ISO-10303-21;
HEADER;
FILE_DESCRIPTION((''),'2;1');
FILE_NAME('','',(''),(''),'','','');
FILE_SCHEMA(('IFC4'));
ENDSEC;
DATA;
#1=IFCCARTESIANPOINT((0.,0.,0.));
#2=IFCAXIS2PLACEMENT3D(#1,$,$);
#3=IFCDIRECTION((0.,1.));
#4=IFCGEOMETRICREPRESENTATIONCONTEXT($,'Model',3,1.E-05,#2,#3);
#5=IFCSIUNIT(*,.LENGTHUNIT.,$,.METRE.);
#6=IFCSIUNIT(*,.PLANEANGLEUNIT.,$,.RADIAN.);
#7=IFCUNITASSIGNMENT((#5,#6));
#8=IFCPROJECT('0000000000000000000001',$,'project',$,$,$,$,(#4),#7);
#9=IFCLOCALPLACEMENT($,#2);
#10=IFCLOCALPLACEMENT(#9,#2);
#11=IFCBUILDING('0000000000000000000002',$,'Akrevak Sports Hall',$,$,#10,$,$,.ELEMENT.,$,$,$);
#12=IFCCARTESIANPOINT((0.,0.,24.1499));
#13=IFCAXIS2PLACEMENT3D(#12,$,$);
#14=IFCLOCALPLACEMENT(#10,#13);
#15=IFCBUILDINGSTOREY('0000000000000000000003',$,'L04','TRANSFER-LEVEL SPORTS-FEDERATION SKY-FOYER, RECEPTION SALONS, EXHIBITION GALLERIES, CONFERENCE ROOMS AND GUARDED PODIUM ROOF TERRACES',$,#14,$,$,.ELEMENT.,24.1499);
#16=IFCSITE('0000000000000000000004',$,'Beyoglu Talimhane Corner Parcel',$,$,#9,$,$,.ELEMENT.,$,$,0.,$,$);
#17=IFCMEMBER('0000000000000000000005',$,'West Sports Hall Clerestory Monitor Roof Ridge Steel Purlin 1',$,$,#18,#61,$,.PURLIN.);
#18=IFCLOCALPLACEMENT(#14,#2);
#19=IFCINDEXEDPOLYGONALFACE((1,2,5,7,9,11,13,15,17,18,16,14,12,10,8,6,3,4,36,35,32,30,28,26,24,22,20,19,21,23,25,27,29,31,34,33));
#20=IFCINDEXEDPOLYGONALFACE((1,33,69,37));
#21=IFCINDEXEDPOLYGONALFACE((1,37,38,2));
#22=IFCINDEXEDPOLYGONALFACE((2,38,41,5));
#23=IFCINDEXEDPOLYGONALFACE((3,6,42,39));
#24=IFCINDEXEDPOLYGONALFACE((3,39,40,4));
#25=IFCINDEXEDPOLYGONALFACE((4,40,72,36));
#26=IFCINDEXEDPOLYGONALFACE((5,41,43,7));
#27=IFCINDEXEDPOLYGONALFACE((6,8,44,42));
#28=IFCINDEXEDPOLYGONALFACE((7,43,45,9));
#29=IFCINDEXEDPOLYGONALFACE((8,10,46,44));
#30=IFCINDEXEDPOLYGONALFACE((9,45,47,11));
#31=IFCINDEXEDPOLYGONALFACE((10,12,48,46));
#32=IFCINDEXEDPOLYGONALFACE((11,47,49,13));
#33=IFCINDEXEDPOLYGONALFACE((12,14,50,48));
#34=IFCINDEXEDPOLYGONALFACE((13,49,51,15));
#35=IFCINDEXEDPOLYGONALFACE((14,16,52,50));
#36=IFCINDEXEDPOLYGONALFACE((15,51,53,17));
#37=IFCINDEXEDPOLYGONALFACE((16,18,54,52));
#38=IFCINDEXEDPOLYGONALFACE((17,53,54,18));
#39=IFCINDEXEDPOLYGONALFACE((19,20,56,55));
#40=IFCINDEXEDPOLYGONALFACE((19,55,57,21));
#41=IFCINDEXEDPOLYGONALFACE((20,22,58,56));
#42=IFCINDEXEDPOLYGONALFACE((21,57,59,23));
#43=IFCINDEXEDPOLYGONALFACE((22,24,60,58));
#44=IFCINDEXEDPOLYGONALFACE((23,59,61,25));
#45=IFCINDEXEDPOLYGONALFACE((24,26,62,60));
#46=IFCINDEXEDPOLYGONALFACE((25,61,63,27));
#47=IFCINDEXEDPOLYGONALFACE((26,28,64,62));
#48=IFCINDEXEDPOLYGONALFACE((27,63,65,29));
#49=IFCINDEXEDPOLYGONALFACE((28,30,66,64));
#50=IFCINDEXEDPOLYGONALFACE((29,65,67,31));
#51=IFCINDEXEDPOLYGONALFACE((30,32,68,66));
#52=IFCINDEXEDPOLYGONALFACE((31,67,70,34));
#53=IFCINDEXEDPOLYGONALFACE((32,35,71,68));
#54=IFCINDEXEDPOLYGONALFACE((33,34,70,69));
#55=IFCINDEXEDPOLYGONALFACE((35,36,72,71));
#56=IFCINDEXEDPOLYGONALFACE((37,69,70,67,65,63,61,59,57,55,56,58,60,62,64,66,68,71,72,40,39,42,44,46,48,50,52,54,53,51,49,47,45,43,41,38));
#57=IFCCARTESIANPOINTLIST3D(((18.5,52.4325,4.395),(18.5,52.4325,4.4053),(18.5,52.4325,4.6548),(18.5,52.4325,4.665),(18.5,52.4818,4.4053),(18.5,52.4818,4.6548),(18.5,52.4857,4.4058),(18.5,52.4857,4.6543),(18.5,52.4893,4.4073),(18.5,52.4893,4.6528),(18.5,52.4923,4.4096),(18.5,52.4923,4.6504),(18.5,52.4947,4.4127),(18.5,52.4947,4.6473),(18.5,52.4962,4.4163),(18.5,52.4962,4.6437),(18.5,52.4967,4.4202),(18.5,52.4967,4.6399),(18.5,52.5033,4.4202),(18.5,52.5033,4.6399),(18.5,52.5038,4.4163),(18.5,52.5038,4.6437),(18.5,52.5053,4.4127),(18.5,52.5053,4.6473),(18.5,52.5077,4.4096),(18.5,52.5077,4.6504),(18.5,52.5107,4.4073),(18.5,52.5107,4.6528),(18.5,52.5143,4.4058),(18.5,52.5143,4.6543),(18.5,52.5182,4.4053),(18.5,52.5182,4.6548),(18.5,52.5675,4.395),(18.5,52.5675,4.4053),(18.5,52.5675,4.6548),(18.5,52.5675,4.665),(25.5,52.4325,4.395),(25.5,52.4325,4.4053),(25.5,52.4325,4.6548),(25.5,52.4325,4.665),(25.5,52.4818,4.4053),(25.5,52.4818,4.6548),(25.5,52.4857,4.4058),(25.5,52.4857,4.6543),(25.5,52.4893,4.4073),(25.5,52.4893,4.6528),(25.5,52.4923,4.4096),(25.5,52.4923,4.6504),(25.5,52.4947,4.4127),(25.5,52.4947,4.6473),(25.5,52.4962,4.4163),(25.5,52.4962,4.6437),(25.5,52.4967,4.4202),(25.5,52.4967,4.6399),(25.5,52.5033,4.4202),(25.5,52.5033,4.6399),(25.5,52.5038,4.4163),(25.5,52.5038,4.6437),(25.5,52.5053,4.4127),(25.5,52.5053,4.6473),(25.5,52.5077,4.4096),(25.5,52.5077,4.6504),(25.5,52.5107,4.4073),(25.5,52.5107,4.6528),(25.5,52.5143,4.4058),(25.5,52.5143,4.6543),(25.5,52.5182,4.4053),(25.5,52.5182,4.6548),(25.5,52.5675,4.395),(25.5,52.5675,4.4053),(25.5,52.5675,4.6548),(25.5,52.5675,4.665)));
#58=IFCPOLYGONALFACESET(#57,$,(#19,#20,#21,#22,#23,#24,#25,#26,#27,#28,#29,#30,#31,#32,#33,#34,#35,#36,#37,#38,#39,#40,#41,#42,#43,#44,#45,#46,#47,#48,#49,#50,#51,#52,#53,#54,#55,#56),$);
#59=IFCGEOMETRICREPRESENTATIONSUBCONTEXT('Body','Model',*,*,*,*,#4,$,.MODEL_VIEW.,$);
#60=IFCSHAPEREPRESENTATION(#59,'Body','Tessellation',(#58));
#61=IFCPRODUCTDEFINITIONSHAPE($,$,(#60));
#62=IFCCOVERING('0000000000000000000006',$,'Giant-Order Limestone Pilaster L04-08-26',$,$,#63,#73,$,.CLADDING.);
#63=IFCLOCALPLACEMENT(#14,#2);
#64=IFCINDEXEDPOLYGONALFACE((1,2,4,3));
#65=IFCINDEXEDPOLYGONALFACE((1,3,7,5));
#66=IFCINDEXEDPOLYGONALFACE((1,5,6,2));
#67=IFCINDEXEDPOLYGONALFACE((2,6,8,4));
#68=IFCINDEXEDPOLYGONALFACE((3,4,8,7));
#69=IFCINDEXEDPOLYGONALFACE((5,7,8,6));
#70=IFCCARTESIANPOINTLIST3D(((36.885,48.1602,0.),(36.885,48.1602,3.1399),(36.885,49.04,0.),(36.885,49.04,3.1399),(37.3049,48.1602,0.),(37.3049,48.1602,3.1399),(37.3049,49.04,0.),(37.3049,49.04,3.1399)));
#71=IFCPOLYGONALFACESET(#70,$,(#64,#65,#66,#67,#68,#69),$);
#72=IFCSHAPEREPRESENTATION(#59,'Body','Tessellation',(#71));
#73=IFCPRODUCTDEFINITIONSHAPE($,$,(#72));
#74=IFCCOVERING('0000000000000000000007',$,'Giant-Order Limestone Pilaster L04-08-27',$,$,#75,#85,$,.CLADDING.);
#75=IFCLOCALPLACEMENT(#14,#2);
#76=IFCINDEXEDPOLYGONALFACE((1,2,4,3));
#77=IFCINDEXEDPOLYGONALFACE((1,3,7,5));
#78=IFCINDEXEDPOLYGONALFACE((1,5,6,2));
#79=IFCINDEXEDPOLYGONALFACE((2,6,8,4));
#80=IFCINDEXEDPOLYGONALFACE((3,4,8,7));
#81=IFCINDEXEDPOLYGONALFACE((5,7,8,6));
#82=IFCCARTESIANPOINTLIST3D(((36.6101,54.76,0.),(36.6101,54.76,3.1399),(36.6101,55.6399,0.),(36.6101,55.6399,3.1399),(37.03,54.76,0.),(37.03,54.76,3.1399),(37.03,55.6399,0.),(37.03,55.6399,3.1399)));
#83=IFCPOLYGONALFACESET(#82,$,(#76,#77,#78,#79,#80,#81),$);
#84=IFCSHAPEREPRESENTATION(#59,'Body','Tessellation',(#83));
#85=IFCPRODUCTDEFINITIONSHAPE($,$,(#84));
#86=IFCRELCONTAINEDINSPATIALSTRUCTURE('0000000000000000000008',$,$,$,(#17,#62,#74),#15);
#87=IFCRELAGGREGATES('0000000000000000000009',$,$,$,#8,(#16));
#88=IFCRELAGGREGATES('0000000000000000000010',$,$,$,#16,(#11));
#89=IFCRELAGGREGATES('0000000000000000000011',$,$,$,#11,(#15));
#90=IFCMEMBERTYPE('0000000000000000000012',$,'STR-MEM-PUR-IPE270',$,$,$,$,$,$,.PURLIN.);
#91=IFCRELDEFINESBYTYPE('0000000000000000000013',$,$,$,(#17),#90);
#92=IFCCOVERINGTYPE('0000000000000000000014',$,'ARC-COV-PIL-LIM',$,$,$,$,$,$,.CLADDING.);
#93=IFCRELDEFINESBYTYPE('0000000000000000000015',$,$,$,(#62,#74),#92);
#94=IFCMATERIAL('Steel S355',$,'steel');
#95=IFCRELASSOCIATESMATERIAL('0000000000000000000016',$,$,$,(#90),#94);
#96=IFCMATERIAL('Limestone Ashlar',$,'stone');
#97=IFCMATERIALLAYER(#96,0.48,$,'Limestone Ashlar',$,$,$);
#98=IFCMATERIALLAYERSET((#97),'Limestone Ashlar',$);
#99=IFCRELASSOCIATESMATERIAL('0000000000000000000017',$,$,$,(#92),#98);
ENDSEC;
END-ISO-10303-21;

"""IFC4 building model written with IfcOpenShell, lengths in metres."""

from ifc_helpers import new_model, si_unit, direction, frame, origin, origin_2d, place, context, subcontext, project, spatial, rectangle, i_section, extrude, material, layer, layer_set, material_profile, profile_set, type_object, element, save


model = new_model("IFC4")

# Units and contexts
model_context = context("Model", 3, precision=1e-05, world=origin(), true_north=direction((0.0, 1.0)))
body_context = subcontext(model_context, "Body", "Model", "MODEL_VIEW")
ifc_project = project(units=[si_unit("LENGTHUNIT", "METRE"), si_unit("PLANEANGLEUNIT", "RADIAN")], contexts=[model_context])

# Site, building, storey
site_placement = place(None, origin())
site = spatial("IfcSite", under=ifc_project, at=site_placement, Name="Beyoglu Talimhane Corner Parcel", CompositionType="ELEMENT", RefElevation=0.0)
building_placement = place(site_placement, origin())
building = spatial("IfcBuilding", under=site, at=building_placement, Name="Akrevak Sports Hall", CompositionType="ELEMENT")
storey_placement = place(building_placement, frame((0.0, 0.0, 24.1499)))
storey = spatial("IfcBuildingStorey", under=building, at=storey_placement, Name="L04", Description="TRANSFER-LEVEL SPORTS-FEDERATION SKY-FOYER, RECEPTION SALONS, EXHIBITION GALLERIES, CONFERENCE ROOMS AND GUARDED PODIUM ROOF TERRACES", CompositionType="ELEMENT", Elevation=24.1499)

# Member
ifc_material_1 = material(Name="Steel S355", Category="steel")
ifc_material_profile_1 = material_profile(ifc_material_1, i_section(OverallWidth=0.135, OverallDepth=0.27, WebThickness=0.0066, FlangeThickness=0.0103, FilletRadius=0.0149, at=origin_2d()), Name="IPE 270", Category="steel")
ifc_profile_set_1 = profile_set([ifc_material_profile_1], Name="Steel S355")
member_type_1 = type_object("IfcMemberType", Name="STR-MEM-PUR-IPE270", PredefinedType="PURLIN", material=ifc_profile_set_1)
member_placement = place(storey_placement, frame((18.5, 52.5, 4.53), z_axis=(1.0, 0.0, 0.0), x_axis=(0.0, 1.0, 0.0)))
element("IfcMember", 1, at=member_placement, inside=storey, type_object=member_type_1, Name="West Sports Hall Clerestory Monitor Roof Ridge Steel Purlin 1", PredefinedType="PURLIN", context=body_context, shape_type="SweptSolid", body=[
    extrude(i_section(OverallWidth=0.135, OverallDepth=0.27, WebThickness=0.0066, FlangeThickness=0.0103, FilletRadius=0.0149, at=origin_2d()), origin(), (0.0, 0.0, 1.0), 7.0),
])

# Coverings
ifc_material_2 = material(Name="Limestone Ashlar", Category="stone")
ifc_layer = layer(ifc_material_2, 0.48, Name="Limestone Ashlar")
ifc_layer_set = layer_set([ifc_layer], Name="Limestone Ashlar")
covering_type = type_object("IfcCoveringType", Name="ARC-COV-PIL-LIM", PredefinedType="CLADDING", material=ifc_layer_set)
for number, where, z_axis, x_axis, name in (
    (2, (37.095, 48.6001, 0.0), (0.0, 0.0, 1.0), (0.0, -1.0, 0.0), "Giant-Order Limestone Pilaster L04-08-26"),
    (3, (36.8201, 55.2, 0.0), (0.0, 0.0, 1.0), (0.0, -1.0, 0.0), "Giant-Order Limestone Pilaster L04-08-27"),
):
    element("IfcCovering", number, at=place(storey_placement, frame(where, z_axis=z_axis, x_axis=x_axis)), inside=storey, type_object=covering_type, Name=name, PredefinedType="CLADDING", context=body_context, shape_type="SweptSolid", body=[
        extrude(rectangle(XDim=0.8799, YDim=0.4199, at=origin_2d()), origin(), (0.0, 0.0, 1.0), 3.1399),
    ])

save(model, "model.ifc")
